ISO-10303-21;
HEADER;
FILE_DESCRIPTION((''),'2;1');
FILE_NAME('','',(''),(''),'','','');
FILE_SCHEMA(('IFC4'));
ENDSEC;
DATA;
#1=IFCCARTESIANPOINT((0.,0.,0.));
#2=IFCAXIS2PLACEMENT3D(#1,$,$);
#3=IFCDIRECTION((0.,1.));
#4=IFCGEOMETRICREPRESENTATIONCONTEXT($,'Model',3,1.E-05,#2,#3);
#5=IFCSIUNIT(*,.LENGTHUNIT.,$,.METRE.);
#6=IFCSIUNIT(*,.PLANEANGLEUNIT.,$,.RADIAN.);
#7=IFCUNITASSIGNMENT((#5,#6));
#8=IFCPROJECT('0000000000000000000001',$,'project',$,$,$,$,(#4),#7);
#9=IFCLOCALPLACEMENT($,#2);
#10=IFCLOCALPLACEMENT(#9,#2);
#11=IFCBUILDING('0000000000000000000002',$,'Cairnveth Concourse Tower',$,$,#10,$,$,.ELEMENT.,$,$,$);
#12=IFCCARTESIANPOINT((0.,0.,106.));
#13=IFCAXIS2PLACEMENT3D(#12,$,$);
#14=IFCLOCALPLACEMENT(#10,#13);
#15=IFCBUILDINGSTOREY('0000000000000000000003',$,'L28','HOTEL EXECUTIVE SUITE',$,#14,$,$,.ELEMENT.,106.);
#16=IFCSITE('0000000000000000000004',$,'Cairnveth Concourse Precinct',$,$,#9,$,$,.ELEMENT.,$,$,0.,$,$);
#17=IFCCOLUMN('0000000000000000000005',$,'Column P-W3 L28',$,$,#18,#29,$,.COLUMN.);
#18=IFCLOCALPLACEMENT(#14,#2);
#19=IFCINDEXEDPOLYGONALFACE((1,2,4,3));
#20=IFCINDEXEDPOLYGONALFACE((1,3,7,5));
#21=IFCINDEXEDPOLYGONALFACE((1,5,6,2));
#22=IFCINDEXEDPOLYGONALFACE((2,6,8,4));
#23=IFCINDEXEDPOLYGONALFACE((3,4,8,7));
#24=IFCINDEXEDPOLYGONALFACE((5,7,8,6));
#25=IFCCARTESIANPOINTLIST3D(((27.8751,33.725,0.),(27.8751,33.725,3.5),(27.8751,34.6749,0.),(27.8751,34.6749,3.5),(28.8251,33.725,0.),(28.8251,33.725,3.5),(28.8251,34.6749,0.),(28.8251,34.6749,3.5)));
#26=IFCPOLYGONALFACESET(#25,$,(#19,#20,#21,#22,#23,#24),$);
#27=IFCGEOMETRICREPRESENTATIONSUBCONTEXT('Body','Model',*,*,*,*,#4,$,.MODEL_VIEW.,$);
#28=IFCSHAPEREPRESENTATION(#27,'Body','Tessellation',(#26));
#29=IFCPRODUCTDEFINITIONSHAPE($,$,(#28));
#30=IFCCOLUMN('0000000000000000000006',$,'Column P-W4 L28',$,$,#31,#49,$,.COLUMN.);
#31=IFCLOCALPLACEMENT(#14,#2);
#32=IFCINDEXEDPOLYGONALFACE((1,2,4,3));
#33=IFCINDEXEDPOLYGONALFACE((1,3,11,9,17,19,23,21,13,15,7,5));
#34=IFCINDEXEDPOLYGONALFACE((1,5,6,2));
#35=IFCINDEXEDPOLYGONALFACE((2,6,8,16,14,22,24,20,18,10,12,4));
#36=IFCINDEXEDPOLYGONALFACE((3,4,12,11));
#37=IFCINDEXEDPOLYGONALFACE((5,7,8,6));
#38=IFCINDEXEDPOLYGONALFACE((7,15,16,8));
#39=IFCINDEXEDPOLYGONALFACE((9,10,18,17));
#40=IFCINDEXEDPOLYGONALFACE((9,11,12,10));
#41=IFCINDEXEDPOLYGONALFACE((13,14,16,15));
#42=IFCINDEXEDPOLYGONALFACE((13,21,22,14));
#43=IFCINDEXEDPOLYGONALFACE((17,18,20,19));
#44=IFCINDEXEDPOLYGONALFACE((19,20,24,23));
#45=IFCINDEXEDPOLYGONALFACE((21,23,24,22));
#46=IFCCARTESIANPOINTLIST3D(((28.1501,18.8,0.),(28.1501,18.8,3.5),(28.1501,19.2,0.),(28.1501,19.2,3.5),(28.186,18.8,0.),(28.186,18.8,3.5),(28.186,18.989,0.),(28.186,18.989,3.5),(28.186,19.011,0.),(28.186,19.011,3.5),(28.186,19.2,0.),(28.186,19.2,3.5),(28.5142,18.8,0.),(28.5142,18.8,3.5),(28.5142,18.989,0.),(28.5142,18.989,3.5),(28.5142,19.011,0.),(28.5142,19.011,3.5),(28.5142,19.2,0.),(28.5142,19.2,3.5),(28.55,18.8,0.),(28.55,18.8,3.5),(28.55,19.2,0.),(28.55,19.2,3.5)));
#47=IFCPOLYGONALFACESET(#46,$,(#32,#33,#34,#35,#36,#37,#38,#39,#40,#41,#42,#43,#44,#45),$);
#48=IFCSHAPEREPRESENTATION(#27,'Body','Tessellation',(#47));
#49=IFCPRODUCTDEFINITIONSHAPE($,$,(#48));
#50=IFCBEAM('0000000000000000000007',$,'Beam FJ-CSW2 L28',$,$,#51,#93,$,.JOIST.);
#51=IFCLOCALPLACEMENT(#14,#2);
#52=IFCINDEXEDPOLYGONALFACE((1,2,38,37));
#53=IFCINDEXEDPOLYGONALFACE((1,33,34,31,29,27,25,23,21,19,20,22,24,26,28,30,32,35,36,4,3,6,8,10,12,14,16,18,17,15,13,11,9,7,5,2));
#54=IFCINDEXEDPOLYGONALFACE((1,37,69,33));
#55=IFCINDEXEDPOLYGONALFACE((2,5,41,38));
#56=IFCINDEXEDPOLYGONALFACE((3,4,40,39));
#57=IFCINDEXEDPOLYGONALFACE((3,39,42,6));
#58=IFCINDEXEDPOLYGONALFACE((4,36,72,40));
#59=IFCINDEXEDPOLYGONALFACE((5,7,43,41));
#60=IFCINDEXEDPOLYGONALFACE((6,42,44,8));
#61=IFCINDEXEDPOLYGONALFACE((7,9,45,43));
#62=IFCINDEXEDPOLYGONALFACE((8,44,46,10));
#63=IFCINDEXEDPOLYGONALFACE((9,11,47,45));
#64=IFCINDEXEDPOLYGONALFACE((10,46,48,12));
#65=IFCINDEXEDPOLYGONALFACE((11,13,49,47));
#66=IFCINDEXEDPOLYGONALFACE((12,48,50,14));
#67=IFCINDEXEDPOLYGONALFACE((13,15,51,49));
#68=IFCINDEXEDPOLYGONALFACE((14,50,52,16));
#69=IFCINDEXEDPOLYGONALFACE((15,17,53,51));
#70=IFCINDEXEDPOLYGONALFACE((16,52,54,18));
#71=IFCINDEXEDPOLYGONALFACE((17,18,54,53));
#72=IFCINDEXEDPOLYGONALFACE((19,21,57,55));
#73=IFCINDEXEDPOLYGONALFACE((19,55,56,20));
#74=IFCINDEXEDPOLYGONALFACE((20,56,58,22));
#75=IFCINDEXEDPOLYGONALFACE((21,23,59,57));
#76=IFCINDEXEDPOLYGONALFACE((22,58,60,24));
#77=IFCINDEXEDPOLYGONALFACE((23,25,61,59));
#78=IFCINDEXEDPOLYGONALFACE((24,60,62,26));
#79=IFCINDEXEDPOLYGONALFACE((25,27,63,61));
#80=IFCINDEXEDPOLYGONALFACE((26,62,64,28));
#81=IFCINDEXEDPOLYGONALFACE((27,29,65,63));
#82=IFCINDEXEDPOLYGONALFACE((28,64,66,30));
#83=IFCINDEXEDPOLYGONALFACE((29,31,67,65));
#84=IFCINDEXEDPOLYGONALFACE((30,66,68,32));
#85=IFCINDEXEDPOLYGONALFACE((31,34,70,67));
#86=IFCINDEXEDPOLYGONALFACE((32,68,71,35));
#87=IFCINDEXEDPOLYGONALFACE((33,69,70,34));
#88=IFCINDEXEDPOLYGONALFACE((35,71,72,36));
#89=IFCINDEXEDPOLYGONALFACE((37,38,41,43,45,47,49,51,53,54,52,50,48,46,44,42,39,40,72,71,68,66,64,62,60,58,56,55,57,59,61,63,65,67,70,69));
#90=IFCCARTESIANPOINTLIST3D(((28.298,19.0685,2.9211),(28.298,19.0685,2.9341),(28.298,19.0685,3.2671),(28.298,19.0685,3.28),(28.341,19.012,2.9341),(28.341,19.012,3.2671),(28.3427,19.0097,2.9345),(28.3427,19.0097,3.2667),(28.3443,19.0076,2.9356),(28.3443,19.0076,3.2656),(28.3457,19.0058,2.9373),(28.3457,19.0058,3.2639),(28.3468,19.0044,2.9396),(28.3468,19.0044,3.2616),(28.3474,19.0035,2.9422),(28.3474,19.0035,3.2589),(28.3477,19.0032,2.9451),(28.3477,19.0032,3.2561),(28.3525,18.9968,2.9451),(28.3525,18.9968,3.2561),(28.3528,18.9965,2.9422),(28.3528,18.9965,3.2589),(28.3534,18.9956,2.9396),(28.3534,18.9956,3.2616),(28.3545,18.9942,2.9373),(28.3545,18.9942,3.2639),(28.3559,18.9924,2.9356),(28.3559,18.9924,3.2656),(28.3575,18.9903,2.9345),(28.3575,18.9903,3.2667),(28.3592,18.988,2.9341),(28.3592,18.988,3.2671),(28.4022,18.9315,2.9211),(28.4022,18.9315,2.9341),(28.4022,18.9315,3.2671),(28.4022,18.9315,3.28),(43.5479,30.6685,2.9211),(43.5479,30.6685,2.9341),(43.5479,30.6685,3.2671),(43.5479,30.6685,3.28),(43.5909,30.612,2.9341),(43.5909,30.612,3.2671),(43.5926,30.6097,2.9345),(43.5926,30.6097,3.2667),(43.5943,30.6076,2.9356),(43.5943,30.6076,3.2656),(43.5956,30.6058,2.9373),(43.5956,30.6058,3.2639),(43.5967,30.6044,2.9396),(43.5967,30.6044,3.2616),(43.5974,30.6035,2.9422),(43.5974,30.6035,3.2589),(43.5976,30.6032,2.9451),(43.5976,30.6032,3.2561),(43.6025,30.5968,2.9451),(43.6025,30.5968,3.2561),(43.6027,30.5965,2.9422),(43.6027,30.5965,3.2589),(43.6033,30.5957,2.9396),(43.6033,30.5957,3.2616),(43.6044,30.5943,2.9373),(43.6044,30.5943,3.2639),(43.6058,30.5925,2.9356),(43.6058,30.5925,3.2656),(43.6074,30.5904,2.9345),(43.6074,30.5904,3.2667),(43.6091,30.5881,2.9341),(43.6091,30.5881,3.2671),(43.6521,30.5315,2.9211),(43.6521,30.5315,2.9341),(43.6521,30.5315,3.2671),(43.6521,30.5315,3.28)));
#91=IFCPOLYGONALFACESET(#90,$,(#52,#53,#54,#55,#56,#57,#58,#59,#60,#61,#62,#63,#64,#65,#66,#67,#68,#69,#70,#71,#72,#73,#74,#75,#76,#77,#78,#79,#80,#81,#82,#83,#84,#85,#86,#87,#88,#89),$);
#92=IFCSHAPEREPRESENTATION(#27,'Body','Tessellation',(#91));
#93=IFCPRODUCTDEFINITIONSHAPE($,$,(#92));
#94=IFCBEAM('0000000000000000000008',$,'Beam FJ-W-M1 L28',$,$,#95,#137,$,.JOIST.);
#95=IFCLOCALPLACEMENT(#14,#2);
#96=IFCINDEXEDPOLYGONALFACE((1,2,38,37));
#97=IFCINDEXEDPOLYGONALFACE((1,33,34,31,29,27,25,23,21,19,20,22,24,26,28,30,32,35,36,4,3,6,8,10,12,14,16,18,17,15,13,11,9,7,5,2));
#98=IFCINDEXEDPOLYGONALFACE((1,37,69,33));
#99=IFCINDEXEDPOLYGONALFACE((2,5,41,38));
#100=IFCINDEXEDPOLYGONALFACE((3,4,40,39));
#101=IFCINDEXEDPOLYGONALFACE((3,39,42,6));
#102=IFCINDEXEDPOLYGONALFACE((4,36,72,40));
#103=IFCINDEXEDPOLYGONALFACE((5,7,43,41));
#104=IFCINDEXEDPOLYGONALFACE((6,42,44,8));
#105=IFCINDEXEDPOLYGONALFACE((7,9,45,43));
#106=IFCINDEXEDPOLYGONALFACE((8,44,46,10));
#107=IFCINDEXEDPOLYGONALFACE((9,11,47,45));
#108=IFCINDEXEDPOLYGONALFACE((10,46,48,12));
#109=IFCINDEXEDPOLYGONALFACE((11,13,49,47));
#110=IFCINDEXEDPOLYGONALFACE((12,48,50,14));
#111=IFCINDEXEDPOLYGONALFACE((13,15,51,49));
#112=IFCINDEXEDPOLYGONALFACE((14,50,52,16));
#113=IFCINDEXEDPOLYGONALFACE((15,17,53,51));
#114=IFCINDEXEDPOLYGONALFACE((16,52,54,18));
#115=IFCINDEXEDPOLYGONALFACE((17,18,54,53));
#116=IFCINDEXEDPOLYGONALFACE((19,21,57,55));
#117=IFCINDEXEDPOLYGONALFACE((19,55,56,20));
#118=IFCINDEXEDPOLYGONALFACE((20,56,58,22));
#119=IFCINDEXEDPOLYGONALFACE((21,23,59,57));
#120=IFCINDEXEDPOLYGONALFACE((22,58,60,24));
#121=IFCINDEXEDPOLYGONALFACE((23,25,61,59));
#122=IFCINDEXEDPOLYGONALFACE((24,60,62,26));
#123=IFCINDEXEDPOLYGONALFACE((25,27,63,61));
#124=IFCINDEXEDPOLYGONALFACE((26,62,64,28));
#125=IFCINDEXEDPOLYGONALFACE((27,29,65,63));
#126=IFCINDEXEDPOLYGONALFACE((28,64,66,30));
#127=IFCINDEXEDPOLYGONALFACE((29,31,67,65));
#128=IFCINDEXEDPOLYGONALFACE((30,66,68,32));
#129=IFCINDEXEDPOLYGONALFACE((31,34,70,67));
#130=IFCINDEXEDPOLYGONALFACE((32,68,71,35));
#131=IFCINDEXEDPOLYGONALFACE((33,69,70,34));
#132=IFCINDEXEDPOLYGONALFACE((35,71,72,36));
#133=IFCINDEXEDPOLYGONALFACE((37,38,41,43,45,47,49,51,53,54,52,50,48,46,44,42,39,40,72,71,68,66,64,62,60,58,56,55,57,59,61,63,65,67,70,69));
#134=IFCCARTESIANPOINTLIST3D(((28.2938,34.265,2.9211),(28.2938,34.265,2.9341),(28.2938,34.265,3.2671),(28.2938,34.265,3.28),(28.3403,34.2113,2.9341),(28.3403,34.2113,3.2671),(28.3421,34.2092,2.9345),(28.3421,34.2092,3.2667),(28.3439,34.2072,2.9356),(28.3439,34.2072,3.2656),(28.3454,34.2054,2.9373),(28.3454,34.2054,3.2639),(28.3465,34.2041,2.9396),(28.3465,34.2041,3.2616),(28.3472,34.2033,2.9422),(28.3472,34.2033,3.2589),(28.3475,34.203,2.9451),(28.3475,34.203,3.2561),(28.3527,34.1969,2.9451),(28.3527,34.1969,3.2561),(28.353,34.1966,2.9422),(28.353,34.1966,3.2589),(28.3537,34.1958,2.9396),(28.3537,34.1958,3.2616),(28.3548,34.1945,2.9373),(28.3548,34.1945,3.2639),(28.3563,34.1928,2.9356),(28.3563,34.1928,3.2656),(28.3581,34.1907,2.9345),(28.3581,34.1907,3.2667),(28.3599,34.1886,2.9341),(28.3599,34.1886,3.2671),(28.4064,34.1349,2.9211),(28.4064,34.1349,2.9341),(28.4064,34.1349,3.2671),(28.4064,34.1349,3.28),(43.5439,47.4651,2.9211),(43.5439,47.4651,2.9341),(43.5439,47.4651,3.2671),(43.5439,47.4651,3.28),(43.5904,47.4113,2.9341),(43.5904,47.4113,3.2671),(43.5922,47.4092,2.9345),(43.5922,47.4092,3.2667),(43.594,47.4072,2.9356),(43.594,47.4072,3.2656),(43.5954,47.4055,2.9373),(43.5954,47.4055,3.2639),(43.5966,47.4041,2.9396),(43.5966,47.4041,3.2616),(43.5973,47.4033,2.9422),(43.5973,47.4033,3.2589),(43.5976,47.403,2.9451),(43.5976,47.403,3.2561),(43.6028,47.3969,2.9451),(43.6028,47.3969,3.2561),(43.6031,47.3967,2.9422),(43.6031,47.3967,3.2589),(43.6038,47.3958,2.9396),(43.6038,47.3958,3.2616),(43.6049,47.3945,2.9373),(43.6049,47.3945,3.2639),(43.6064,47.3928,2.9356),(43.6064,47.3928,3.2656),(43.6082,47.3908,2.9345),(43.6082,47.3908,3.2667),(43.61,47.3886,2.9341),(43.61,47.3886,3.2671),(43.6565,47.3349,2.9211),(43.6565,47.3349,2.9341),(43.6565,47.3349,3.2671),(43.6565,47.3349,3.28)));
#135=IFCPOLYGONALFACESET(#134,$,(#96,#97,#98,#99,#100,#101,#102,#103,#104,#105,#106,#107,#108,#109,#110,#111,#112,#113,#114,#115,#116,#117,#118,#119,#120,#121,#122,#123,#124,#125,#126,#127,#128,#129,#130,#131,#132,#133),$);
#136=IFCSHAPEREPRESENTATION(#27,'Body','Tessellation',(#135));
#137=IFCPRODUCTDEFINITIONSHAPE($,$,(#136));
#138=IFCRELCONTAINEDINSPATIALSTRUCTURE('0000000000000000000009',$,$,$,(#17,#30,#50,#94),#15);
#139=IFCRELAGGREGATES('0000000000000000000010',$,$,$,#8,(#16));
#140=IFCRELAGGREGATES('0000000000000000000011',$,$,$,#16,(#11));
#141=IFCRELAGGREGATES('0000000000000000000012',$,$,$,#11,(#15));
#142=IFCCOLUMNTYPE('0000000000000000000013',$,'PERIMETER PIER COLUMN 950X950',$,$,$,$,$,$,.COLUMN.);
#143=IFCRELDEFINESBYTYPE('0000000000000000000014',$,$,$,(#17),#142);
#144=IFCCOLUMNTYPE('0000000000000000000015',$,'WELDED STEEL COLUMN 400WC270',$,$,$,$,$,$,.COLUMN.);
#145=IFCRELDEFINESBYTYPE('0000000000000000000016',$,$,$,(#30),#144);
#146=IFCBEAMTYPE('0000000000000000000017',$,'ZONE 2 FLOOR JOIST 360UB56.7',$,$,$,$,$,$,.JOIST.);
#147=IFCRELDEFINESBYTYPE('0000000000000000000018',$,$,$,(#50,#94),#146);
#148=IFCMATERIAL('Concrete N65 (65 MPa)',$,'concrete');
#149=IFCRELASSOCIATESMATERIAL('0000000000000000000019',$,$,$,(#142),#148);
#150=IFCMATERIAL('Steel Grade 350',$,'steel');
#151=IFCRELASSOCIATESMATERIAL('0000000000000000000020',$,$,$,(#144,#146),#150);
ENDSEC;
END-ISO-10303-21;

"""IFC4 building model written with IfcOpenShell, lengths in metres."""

from ifc_helpers import new_model, si_unit, direction, frame, origin, origin_2d, place, context, subcontext, project, spatial, rectangle, i_section, extrude, material, material_profile, profile_set, type_object, element, save


model = new_model("IFC4")

# Units and contexts
model_context = context("Model", 3, precision=1e-05, world=origin(), true_north=direction((0.0, 1.0)))
body_context = subcontext(model_context, "Body", "Model", "MODEL_VIEW")
ifc_project = project(units=[si_unit("LENGTHUNIT", "METRE"), si_unit("PLANEANGLEUNIT", "RADIAN")], contexts=[model_context])

# Site, building, storey
site_placement = place(None, origin())
site = spatial("IfcSite", under=ifc_project, at=site_placement, Name="Cairnveth Concourse Precinct", CompositionType="ELEMENT", RefElevation=0.0)
building_placement = place(site_placement, origin())
building = spatial("IfcBuilding", under=site, at=building_placement, Name="Cairnveth Concourse Tower", CompositionType="ELEMENT")
storey_placement = place(building_placement, frame((0.0, 0.0, 106.0)))
storey = spatial("IfcBuildingStorey", under=building, at=storey_placement, Name="L28", Description="HOTEL EXECUTIVE SUITE", CompositionType="ELEMENT", Elevation=106.0)

# Columns
ifc_material_1 = material(Name="Concrete N65 (65 MPa)", Category="concrete")
ifc_material_profile_1 = material_profile(ifc_material_1, rectangle(XDim=0.95, YDim=0.95, at=origin_2d()), Name="RC-COL-950x950")
ifc_profile_set_1 = profile_set([ifc_material_profile_1], Name="Concrete N65 (65 MPa)")
column_type_1 = type_object("IfcColumnType", Name="PERIMETER PIER COLUMN 950X950", PredefinedType="COLUMN", material=ifc_profile_set_1)
column_1_placement = place(storey_placement, frame((28.3501, 34.2, 0.0), z_axis=(0.0, 0.0, 1.0), x_axis=(0.0, 1.0, 0.0)))
element("IfcColumn", 1, at=column_1_placement, inside=storey, type_object=column_type_1, Name="Column P-W3 L28", PredefinedType="COLUMN", context=body_context, shape_type="SweptSolid", body=[
    extrude(rectangle(XDim=0.95, YDim=0.95, at=origin_2d()), origin(), (0.0, 0.0, 1.0), 3.5),
])
ifc_material_2 = material(Name="Steel Grade 350", Category="steel")
ifc_material_profile_2 = material_profile(ifc_material_2, i_section(OverallWidth=0.3999, OverallDepth=0.3999, WebThickness=0.022, FlangeThickness=0.0359, at=origin_2d()), Name="400WC270")
ifc_profile_set_2 = profile_set([ifc_material_profile_2], Name="Steel Grade 350")
column_type_2 = type_object("IfcColumnType", Name="WELDED STEEL COLUMN 400WC270", PredefinedType="COLUMN", material=ifc_profile_set_2)
column_2_placement = place(storey_placement, frame((28.3501, 19.0, 0.0), z_axis=(0.0, 0.0, 1.0), x_axis=(0.0, 1.0, 0.0)))
element("IfcColumn", 2, at=column_2_placement, inside=storey, type_object=column_type_2, Name="Column P-W4 L28", PredefinedType="COLUMN", context=body_context, shape_type="SweptSolid", body=[
    extrude(i_section(OverallWidth=0.3999, OverallDepth=0.3999, WebThickness=0.022, FlangeThickness=0.0359, at=origin_2d()), origin(), (0.0, 0.0, 1.0), 3.5),
])

# Beams
ifc_material_profile_3 = material_profile(ifc_material_2, i_section(OverallWidth=0.1721, OverallDepth=0.3589, WebThickness=0.0081, FlangeThickness=0.0129, FilletRadius=0.011, at=origin_2d()), Name="360UB56.7")
ifc_profile_set_3 = profile_set([ifc_material_profile_3], Name="Steel Grade 350")
beam_type_1 = type_object("IfcBeamType", Name="ZONE 2 FLOOR JOIST 360UB56.7", PredefinedType="JOIST", material=ifc_profile_set_3)
beam_1_placement = place(storey_placement, frame((28.3501, 19.0, 3.1006), z_axis=(0.795908, 0.605417, 0.0), x_axis=(-0.605417, 0.795908, 0.0)))
element("IfcBeam", 3, at=beam_1_placement, inside=storey, type_object=beam_type_1, Name="Beam FJ-CSW2 L28", PredefinedType="JOIST", context=body_context, shape_type="SweptSolid", body=[
    extrude(i_section(OverallWidth=0.1721, OverallDepth=0.3589, WebThickness=0.0081, FlangeThickness=0.0129, FilletRadius=0.011, at=origin_2d()), origin(), (0.0, 0.0, 1.0), 19.1604),
])
beam_2_placement = place(storey_placement, frame((28.3501, 34.2, 3.1006), z_axis=(0.756099, 0.654457, 0.0), x_axis=(-0.654457, 0.756099, 0.0)))
element("IfcBeam", 4, at=beam_2_placement, inside=storey, type_object=beam_type_1, Name="Beam FJ-W-M1 L28", PredefinedType="JOIST", context=body_context, shape_type="SweptSolid", body=[
    extrude(i_section(OverallWidth=0.1721, OverallDepth=0.3589, WebThickness=0.0081, FlangeThickness=0.0129, FilletRadius=0.011, at=origin_2d()), origin(), (0.0, 0.0, 1.0), 20.1694),
])

save(model, "model.ifc")
